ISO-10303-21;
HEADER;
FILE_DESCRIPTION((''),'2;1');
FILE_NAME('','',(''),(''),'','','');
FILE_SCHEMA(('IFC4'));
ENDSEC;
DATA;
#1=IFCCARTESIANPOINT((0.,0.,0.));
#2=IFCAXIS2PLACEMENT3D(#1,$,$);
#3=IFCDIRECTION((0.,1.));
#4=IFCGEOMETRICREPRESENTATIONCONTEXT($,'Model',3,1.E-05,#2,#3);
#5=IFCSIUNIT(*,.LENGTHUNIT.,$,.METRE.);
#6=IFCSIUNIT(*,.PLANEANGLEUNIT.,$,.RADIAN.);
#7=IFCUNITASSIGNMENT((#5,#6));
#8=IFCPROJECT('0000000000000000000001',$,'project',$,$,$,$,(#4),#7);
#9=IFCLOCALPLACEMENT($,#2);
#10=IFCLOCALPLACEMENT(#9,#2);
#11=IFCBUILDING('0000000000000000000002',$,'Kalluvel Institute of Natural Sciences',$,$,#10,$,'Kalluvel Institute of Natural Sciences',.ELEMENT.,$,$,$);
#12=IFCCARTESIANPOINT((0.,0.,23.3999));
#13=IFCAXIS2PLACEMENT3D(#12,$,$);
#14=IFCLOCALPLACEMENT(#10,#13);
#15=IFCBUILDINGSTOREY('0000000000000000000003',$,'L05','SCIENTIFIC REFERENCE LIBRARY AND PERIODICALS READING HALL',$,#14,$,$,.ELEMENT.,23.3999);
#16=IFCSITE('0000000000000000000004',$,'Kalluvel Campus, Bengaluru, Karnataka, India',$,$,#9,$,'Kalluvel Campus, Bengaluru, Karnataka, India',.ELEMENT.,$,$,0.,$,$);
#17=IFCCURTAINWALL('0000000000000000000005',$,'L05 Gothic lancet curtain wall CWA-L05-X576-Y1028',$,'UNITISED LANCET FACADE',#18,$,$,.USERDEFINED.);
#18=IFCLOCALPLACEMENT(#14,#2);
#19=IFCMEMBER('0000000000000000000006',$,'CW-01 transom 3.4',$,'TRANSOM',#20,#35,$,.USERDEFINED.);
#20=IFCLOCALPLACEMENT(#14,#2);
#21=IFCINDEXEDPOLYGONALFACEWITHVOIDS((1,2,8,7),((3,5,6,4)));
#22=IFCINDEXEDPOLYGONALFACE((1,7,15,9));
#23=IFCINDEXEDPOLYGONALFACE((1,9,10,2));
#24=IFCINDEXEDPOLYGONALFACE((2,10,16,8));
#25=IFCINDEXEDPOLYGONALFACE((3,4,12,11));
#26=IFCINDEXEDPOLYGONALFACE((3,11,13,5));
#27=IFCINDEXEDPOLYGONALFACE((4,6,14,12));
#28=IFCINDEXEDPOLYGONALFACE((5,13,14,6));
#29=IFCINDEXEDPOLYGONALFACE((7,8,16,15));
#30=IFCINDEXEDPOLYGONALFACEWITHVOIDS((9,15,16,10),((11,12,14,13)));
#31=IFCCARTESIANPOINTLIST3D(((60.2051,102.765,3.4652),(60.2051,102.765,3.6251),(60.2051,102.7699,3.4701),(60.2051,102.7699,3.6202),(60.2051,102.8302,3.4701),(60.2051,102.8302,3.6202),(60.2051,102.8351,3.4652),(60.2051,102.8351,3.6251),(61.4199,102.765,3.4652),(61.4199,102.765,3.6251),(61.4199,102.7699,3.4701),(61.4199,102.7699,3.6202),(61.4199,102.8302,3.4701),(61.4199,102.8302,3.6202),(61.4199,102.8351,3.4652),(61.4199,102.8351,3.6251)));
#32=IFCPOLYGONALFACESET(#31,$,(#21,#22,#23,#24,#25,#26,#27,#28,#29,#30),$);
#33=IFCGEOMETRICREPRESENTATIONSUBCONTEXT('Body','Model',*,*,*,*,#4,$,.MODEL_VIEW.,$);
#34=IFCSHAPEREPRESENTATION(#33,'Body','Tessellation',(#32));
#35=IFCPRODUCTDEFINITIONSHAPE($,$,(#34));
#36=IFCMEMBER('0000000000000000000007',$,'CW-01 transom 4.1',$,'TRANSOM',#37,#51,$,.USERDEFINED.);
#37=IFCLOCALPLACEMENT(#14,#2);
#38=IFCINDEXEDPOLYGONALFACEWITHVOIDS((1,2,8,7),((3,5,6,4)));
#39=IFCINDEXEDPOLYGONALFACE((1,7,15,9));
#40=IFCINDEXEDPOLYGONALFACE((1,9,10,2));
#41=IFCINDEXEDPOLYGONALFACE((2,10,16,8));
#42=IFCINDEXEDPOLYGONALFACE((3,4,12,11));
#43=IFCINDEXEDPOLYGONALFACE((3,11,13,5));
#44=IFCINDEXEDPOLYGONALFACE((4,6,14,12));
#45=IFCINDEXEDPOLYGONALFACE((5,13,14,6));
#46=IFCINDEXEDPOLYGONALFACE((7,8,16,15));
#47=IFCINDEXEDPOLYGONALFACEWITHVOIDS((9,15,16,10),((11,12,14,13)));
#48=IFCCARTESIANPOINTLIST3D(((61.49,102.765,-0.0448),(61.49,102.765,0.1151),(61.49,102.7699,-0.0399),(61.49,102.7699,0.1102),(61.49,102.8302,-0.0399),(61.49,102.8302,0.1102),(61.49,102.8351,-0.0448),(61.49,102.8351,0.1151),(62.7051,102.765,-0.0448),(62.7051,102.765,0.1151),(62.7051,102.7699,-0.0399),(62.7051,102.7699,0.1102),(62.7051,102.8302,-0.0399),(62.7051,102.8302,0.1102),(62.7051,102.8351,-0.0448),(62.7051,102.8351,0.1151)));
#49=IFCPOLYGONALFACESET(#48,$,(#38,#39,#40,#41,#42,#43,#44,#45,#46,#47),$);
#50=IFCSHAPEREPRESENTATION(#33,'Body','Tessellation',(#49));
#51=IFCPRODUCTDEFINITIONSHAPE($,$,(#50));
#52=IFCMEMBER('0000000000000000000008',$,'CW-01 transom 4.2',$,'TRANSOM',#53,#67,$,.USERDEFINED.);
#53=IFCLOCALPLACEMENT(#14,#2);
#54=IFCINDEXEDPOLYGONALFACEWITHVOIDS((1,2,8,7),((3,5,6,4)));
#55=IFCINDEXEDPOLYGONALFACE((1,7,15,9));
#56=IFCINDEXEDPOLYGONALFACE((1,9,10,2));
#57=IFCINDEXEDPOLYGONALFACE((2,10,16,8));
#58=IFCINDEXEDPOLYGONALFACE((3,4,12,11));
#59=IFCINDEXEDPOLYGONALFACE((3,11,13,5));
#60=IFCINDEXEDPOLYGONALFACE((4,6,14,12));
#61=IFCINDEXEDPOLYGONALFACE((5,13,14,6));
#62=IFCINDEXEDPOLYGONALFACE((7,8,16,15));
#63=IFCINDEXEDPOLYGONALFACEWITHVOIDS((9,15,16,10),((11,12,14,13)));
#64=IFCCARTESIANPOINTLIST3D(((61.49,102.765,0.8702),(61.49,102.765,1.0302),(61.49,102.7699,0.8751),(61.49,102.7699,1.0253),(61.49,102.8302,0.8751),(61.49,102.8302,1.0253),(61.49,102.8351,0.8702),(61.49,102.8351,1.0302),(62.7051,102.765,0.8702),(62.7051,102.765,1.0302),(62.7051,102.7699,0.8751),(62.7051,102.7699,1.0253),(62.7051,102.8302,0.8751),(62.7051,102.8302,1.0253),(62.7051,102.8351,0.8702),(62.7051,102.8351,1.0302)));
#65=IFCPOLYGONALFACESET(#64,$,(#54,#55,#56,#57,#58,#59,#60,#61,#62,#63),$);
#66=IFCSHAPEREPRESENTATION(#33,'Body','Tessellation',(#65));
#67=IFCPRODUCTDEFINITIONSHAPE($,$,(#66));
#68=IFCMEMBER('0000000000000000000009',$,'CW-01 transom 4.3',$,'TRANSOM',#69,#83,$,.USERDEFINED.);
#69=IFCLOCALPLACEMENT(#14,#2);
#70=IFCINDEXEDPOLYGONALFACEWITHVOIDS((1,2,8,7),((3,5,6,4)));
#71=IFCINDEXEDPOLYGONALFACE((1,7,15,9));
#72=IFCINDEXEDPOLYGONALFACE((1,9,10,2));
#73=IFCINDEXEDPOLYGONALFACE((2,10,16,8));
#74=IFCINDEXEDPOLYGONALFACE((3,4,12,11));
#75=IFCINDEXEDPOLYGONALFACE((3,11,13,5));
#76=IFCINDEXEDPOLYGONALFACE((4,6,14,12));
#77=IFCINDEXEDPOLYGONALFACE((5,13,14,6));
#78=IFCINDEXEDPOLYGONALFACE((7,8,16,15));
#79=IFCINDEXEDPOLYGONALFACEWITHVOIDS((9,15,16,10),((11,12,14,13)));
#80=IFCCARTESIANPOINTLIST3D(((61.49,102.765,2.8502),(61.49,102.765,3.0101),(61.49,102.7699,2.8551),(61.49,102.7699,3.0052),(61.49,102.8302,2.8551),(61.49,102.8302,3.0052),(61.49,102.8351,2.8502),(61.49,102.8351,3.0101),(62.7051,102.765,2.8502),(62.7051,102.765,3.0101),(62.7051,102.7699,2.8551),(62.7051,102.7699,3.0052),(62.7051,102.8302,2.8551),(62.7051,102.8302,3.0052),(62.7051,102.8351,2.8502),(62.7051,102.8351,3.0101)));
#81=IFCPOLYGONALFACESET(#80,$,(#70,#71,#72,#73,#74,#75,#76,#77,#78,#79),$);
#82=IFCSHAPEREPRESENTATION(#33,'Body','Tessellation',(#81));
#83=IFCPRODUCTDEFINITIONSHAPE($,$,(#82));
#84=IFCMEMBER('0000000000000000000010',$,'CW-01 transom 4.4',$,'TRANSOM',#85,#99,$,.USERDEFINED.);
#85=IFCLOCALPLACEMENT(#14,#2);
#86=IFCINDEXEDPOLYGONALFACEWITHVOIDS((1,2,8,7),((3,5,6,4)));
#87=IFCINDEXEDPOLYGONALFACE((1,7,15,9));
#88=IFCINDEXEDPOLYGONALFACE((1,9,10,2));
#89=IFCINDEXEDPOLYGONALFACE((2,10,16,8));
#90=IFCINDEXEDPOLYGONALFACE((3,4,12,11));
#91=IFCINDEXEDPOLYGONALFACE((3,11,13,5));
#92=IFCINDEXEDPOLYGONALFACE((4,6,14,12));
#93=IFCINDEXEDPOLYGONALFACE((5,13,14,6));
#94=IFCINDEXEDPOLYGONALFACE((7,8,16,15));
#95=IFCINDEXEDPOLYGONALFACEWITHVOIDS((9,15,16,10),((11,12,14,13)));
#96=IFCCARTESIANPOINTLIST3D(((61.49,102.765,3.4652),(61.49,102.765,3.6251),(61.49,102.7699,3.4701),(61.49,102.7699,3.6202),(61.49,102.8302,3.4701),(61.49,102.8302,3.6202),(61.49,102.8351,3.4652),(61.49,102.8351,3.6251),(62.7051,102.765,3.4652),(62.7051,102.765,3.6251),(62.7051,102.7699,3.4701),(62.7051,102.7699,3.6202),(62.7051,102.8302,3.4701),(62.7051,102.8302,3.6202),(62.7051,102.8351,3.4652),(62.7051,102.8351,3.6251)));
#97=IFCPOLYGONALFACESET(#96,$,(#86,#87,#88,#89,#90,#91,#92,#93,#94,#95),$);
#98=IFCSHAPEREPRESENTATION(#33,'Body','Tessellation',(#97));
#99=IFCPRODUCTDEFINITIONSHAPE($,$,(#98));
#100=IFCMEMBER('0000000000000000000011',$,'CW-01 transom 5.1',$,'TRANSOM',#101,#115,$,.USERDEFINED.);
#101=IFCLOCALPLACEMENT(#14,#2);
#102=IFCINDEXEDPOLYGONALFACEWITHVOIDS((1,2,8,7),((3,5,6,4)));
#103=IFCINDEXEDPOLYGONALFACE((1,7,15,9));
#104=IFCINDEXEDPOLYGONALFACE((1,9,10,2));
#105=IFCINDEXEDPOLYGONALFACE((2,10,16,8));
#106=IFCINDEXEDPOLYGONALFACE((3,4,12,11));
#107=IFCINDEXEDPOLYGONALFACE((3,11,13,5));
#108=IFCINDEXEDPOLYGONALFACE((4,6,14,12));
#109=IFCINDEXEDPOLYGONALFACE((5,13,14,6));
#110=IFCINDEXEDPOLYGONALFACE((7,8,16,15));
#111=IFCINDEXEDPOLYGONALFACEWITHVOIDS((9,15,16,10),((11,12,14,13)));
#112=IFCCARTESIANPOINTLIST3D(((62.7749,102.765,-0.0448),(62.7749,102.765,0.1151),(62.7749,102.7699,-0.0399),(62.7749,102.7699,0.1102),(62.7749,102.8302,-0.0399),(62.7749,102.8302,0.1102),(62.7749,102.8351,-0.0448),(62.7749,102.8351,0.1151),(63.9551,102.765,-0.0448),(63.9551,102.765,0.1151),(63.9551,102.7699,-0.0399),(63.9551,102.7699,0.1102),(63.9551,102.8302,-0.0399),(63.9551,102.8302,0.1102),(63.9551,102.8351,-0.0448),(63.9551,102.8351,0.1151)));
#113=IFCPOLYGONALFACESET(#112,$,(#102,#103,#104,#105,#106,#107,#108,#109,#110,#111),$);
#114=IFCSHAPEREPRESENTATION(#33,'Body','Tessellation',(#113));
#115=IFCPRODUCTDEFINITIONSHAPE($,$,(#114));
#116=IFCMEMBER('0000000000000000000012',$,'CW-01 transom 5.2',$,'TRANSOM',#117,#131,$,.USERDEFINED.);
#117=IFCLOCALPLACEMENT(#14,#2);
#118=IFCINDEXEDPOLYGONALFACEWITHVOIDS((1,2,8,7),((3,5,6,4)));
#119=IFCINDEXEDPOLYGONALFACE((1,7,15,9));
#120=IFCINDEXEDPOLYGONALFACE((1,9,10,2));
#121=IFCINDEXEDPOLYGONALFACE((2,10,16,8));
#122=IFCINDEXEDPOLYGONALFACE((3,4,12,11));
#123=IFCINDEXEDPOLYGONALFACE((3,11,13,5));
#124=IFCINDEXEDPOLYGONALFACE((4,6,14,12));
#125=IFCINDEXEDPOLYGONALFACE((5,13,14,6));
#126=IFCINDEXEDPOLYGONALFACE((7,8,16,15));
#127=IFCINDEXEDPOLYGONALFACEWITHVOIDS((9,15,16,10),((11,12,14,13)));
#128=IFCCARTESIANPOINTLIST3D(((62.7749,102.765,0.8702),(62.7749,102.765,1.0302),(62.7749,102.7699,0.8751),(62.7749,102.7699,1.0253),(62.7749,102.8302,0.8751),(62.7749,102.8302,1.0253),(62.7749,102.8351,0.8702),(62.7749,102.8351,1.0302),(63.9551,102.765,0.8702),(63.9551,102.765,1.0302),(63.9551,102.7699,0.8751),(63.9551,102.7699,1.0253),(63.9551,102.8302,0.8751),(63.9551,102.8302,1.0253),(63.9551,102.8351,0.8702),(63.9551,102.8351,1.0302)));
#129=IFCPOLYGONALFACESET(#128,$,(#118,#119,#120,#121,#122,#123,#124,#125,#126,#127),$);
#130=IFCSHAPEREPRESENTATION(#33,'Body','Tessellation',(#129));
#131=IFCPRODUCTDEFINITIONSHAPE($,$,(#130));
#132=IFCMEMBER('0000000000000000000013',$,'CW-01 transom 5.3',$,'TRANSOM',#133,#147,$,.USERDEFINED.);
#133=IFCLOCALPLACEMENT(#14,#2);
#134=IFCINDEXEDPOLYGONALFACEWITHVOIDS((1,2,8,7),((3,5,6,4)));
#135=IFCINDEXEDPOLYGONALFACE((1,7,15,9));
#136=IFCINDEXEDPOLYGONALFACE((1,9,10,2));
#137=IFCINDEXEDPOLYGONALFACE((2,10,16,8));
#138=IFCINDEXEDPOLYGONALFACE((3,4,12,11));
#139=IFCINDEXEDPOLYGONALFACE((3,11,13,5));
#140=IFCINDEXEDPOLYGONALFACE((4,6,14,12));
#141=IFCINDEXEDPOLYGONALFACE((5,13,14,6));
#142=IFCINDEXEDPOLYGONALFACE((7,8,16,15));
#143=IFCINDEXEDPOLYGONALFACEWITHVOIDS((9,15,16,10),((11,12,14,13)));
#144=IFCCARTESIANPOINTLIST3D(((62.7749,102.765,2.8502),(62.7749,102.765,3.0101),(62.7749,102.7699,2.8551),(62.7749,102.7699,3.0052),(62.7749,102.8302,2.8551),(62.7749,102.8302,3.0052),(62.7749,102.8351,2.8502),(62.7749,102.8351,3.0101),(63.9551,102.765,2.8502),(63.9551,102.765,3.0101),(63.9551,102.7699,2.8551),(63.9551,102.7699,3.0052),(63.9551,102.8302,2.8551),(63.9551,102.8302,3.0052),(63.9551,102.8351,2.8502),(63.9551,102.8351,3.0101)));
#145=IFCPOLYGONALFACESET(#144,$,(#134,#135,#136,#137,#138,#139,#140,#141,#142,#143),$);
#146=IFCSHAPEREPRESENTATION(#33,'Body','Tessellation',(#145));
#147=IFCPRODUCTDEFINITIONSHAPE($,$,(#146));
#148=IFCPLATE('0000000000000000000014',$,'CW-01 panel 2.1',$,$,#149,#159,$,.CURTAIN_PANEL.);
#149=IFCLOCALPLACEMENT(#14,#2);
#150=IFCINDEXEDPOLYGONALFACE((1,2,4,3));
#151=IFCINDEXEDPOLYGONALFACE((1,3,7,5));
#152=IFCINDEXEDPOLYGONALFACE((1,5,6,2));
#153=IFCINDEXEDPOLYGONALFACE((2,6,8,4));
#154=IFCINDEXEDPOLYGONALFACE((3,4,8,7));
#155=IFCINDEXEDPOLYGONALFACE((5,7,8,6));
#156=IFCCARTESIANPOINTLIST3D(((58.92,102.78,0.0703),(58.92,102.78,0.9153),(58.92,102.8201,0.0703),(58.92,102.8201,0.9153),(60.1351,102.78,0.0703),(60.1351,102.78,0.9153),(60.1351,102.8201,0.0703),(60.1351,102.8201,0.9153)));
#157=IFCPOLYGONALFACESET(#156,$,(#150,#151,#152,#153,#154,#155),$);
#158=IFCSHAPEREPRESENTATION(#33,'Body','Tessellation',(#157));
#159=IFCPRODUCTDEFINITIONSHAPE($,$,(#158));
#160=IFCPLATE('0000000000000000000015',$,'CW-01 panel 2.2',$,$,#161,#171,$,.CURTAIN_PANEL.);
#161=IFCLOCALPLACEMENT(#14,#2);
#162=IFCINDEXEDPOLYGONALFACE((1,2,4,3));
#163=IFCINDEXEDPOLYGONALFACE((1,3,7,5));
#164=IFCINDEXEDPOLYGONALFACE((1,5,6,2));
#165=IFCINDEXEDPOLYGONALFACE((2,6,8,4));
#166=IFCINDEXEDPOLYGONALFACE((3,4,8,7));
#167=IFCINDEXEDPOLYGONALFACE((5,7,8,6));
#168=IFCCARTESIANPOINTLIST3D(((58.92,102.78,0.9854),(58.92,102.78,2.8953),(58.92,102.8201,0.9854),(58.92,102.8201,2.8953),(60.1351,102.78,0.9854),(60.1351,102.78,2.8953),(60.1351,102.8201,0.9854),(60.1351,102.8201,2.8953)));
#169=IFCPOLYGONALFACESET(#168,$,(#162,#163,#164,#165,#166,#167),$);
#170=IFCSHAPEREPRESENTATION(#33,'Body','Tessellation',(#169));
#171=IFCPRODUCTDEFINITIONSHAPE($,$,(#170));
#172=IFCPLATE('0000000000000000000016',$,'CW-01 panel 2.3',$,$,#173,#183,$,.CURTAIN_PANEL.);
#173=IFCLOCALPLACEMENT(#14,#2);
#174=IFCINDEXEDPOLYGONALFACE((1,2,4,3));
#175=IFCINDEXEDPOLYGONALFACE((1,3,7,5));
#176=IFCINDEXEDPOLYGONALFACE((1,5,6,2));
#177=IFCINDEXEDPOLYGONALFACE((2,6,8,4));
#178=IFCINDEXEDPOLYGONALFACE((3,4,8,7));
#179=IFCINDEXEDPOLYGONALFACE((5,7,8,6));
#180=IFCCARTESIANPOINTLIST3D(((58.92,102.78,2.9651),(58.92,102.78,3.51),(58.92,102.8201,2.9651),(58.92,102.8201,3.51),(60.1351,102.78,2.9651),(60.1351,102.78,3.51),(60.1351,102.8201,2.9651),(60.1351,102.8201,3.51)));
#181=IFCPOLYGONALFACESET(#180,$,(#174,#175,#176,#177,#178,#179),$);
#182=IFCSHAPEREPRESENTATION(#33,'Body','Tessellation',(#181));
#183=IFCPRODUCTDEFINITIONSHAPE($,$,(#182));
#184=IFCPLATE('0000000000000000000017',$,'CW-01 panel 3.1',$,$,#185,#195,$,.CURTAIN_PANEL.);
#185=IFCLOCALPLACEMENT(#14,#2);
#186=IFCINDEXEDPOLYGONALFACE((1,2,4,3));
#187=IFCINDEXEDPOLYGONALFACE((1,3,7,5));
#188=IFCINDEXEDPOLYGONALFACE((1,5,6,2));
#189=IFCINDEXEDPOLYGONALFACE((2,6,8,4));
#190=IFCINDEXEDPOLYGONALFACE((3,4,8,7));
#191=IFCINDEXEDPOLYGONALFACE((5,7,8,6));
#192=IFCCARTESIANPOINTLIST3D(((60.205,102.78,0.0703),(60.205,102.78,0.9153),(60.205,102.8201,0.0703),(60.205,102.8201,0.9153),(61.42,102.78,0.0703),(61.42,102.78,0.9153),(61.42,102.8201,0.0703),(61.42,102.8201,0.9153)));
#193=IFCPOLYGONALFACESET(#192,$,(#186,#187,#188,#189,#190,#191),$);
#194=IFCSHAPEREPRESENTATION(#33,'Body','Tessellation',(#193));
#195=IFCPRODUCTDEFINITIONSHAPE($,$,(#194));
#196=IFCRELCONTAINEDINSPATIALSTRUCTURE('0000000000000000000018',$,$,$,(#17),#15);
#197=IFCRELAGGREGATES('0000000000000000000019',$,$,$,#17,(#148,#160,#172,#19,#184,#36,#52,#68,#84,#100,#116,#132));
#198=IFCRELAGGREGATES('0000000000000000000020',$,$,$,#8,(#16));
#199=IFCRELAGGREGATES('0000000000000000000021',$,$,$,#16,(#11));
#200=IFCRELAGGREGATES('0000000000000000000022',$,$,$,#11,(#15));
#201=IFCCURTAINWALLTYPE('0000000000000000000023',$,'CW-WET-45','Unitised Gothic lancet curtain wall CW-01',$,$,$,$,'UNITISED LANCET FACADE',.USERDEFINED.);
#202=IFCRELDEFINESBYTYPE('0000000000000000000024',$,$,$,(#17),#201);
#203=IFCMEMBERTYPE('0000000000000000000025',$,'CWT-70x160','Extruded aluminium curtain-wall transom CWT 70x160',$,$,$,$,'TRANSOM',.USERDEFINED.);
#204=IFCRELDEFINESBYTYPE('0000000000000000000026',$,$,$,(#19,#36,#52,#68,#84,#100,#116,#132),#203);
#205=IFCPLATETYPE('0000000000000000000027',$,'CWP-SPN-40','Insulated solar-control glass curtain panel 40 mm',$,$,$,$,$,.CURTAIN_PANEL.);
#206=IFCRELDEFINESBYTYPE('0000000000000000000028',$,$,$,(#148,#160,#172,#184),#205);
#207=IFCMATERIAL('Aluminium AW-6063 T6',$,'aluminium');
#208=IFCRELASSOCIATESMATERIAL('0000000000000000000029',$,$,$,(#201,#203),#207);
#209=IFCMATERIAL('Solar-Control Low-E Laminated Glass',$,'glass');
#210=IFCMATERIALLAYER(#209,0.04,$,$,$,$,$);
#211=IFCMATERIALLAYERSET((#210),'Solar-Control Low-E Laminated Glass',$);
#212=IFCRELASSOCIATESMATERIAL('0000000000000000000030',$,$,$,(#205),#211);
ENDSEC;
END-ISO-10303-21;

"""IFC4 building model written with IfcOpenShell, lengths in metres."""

from ifc_helpers import new_model, si_unit, direction, frame, origin, origin_2d, place, context, subcontext, project, spatial, rectangle, hollow_rectangle, extrude, material, layer, layer_set, material_profile, profile_set, type_object, element, aggregate, save


model = new_model("IFC4")

# Units and contexts
model_context = context("Model", 3, precision=1e-05, world=origin(), true_north=direction((0.0, 1.0)))
body_context = subcontext(model_context, "Body", "Model", "MODEL_VIEW")
ifc_project = project(units=[si_unit("LENGTHUNIT", "METRE"), si_unit("PLANEANGLEUNIT", "RADIAN")], contexts=[model_context])

# Site, building, storey
site_placement = place(None, origin())
site = spatial("IfcSite", under=ifc_project, at=site_placement, Name="Kalluvel Campus, Bengaluru, Karnataka, India", LongName="Kalluvel Campus, Bengaluru, Karnataka, India", CompositionType="ELEMENT", RefElevation=0.0)
building_placement = place(site_placement, origin())
building = spatial("IfcBuilding", under=site, at=building_placement, Name="Kalluvel Institute of Natural Sciences", LongName="Kalluvel Institute of Natural Sciences", CompositionType="ELEMENT")
storey_placement = place(building_placement, frame((0.0, 0.0, 23.3999)))
storey = spatial("IfcBuildingStorey", under=building, at=storey_placement, Name="L05", Description="SCIENTIFIC REFERENCE LIBRARY AND PERIODICALS READING HALL", CompositionType="ELEMENT", Elevation=23.3999)

# Curtain wall, members, plates
ifc_material_1 = material(Name="Aluminium AW-6063 T6", Category="aluminium")
curtain_wall_type = type_object("IfcCurtainWallType", Name="CW-WET-45", Description="Unitised Gothic lancet curtain wall CW-01", ElementType="UNITISED LANCET FACADE", PredefinedType="USERDEFINED", material=ifc_material_1)
curtain_wall_placement = place(storey_placement, origin())
curtain_wall = element("IfcCurtainWall", 1, at=curtain_wall_placement, inside=storey, type_object=curtain_wall_type, Name="L05 Gothic lancet curtain wall CWA-L05-X576-Y1028", ObjectType="UNITISED LANCET FACADE", PredefinedType="USERDEFINED")
ifc_material_profile_1 = material_profile(ifc_material_1, hollow_rectangle(XDim=0.0701, YDim=0.1599, WallThickness=0.0049, at=origin_2d()), Name="CWT 70x160")
ifc_profile_set_1 = profile_set([ifc_material_profile_1], Name="Aluminium AW-6063 T6")
member_type_1 = type_object("IfcMemberType", Name="CWT-70x160", Description="Extruded aluminium curtain-wall transom CWT 70x160", ElementType="TRANSOM", PredefinedType="USERDEFINED", material=ifc_profile_set_1)
member_1_placement = place(storey_placement, frame((60.2051, 102.8, 3.5452), z_axis=(1.0, 0.0, 0.0), x_axis=(0.0, 1.0, 0.0)))
member_1 = element("IfcMember", 2, at=member_1_placement, type_object=member_type_1, Name="CW-01 transom 3.4", ObjectType="TRANSOM", PredefinedType="USERDEFINED", context=body_context, shape_type="SweptSolid", body=[
    extrude(hollow_rectangle(XDim=0.0701, YDim=0.1599, WallThickness=0.0049, at=origin_2d()), origin(), (0.0, 0.0, 1.0), 1.2148),
])
member_2_placement = place(storey_placement, frame((61.49, 102.8, 0.0352), z_axis=(1.0, 0.0, 0.0), x_axis=(0.0, 1.0, 0.0)))
member_2 = element("IfcMember", 3, at=member_2_placement, type_object=member_type_1, Name="CW-01 transom 4.1", ObjectType="TRANSOM", PredefinedType="USERDEFINED", context=body_context, shape_type="SweptSolid", body=[
    extrude(hollow_rectangle(XDim=0.0701, YDim=0.1599, WallThickness=0.0049, at=origin_2d()), origin(), (0.0, 0.0, 1.0), 1.2151),
])
member_3_placement = place(storey_placement, frame((61.49, 102.8, 0.9502), z_axis=(1.0, 0.0, 0.0), x_axis=(0.0, 1.0, 0.0)))
member_3 = element("IfcMember", 4, at=member_3_placement, type_object=member_type_1, Name="CW-01 transom 4.2", ObjectType="TRANSOM", PredefinedType="USERDEFINED", context=body_context, shape_type="SweptSolid", body=[
    extrude(hollow_rectangle(XDim=0.0701, YDim=0.1599, WallThickness=0.0049, at=origin_2d()), origin(), (0.0, 0.0, 1.0), 1.2151),
])
member_4_placement = place(storey_placement, frame((61.49, 102.8, 2.9302), z_axis=(1.0, 0.0, 0.0), x_axis=(0.0, 1.0, 0.0)))
member_4 = element("IfcMember", 5, at=member_4_placement, type_object=member_type_1, Name="CW-01 transom 4.3", ObjectType="TRANSOM", PredefinedType="USERDEFINED", context=body_context, shape_type="SweptSolid", body=[
    extrude(hollow_rectangle(XDim=0.0701, YDim=0.1599, WallThickness=0.0049, at=origin_2d()), origin(), (0.0, 0.0, 1.0), 1.2151),
])
member_5_placement = place(storey_placement, frame((61.49, 102.8, 3.5452), z_axis=(1.0, 0.0, 0.0), x_axis=(0.0, 1.0, 0.0)))
member_5 = element("IfcMember", 6, at=member_5_placement, type_object=member_type_1, Name="CW-01 transom 4.4", ObjectType="TRANSOM", PredefinedType="USERDEFINED", context=body_context, shape_type="SweptSolid", body=[
    extrude(hollow_rectangle(XDim=0.0701, YDim=0.1599, WallThickness=0.0049, at=origin_2d()), origin(), (0.0, 0.0, 1.0), 1.2151),
])
member_6_placement = place(storey_placement, frame((62.7749, 102.8, 0.0352), z_axis=(1.0, 0.0, 0.0), x_axis=(0.0, 1.0, 0.0)))
member_6 = element("IfcMember", 7, at=member_6_placement, type_object=member_type_1, Name="CW-01 transom 5.1", ObjectType="TRANSOM", PredefinedType="USERDEFINED", context=body_context, shape_type="SweptSolid", body=[
    extrude(hollow_rectangle(XDim=0.0701, YDim=0.1599, WallThickness=0.0049, at=origin_2d()), origin(), (0.0, 0.0, 1.0), 1.1802),
])
member_7_placement = place(storey_placement, frame((62.7749, 102.8, 0.9502), z_axis=(1.0, 0.0, 0.0), x_axis=(0.0, 1.0, 0.0)))
member_7 = element("IfcMember", 8, at=member_7_placement, type_object=member_type_1, Name="CW-01 transom 5.2", ObjectType="TRANSOM", PredefinedType="USERDEFINED", context=body_context, shape_type="SweptSolid", body=[
    extrude(hollow_rectangle(XDim=0.0701, YDim=0.1599, WallThickness=0.0049, at=origin_2d()), origin(), (0.0, 0.0, 1.0), 1.1802),
])
member_8_placement = place(storey_placement, frame((62.7749, 102.8, 2.9302), z_axis=(1.0, 0.0, 0.0), x_axis=(0.0, 1.0, 0.0)))
member_8 = element("IfcMember", 9, at=member_8_placement, type_object=member_type_1, Name="CW-01 transom 5.3", ObjectType="TRANSOM", PredefinedType="USERDEFINED", context=body_context, shape_type="SweptSolid", body=[
    extrude(hollow_rectangle(XDim=0.0701, YDim=0.1599, WallThickness=0.0049, at=origin_2d()), origin(), (0.0, 0.0, 1.0), 1.1802),
])
ifc_material_2 = material(Name="Solar-Control Low-E Laminated Glass", Category="glass")
ifc_layer = layer(ifc_material_2, 0.04)
ifc_layer_set = layer_set([ifc_layer], Name="Solar-Control Low-E Laminated Glass")
plate_type = type_object("IfcPlateType", Name="CWP-SPN-40", Description="Insulated solar-control glass curtain panel 40 mm", PredefinedType="CURTAIN_PANEL", material=ifc_layer_set)
plate_1_placement = place(storey_placement, frame((59.5276, 102.8, 0.0703), z_axis=(0.0, 0.0, 1.0), x_axis=(1.0, 0.0, 0.0)))
plate_1 = element("IfcPlate", 10, at=plate_1_placement, type_object=plate_type, Name="CW-01 panel 2.1", PredefinedType="CURTAIN_PANEL", context=body_context, shape_type="SweptSolid", body=[
    extrude(rectangle(XDim=1.2151, YDim=0.04, at=origin_2d()), origin(), (0.0, 0.0, 1.0), 0.845),
])
plate_2_placement = place(storey_placement, frame((59.5276, 102.8, 0.9854), z_axis=(0.0, 0.0, 1.0), x_axis=(1.0, 0.0, 0.0)))
plate_2 = element("IfcPlate", 11, at=plate_2_placement, type_object=plate_type, Name="CW-01 panel 2.2", PredefinedType="CURTAIN_PANEL", context=body_context, shape_type="SweptSolid", body=[
    extrude(rectangle(XDim=1.2151, YDim=0.04, at=origin_2d()), origin(), (0.0, 0.0, 1.0), 1.9099),
])
plate_3_placement = place(storey_placement, frame((59.5276, 102.8, 2.9651), z_axis=(0.0, 0.0, 1.0), x_axis=(1.0, 0.0, 0.0)))
plate_3 = element("IfcPlate", 12, at=plate_3_placement, type_object=plate_type, Name="CW-01 panel 2.3", PredefinedType="CURTAIN_PANEL", context=body_context, shape_type="SweptSolid", body=[
    extrude(rectangle(XDim=1.2151, YDim=0.04, at=origin_2d()), origin(), (0.0, 0.0, 1.0), 0.5449),
])
plate_4_placement = place(storey_placement, frame((60.8125, 102.8, 0.0703), z_axis=(0.0, 0.0, 1.0), x_axis=(1.0, 0.0, 0.0)))
plate_4 = element("IfcPlate", 13, at=plate_4_placement, type_object=plate_type, Name="CW-01 panel 3.1", PredefinedType="CURTAIN_PANEL", context=body_context, shape_type="SweptSolid", body=[
    extrude(rectangle(XDim=1.2151, YDim=0.04, at=origin_2d()), origin(), (0.0, 0.0, 1.0), 0.845),
])
aggregate(curtain_wall, [plate_1, plate_2, plate_3, member_1, plate_4, member_2, member_3, member_4, member_5, member_6, member_7, member_8])

save(model, "model.ifc")
